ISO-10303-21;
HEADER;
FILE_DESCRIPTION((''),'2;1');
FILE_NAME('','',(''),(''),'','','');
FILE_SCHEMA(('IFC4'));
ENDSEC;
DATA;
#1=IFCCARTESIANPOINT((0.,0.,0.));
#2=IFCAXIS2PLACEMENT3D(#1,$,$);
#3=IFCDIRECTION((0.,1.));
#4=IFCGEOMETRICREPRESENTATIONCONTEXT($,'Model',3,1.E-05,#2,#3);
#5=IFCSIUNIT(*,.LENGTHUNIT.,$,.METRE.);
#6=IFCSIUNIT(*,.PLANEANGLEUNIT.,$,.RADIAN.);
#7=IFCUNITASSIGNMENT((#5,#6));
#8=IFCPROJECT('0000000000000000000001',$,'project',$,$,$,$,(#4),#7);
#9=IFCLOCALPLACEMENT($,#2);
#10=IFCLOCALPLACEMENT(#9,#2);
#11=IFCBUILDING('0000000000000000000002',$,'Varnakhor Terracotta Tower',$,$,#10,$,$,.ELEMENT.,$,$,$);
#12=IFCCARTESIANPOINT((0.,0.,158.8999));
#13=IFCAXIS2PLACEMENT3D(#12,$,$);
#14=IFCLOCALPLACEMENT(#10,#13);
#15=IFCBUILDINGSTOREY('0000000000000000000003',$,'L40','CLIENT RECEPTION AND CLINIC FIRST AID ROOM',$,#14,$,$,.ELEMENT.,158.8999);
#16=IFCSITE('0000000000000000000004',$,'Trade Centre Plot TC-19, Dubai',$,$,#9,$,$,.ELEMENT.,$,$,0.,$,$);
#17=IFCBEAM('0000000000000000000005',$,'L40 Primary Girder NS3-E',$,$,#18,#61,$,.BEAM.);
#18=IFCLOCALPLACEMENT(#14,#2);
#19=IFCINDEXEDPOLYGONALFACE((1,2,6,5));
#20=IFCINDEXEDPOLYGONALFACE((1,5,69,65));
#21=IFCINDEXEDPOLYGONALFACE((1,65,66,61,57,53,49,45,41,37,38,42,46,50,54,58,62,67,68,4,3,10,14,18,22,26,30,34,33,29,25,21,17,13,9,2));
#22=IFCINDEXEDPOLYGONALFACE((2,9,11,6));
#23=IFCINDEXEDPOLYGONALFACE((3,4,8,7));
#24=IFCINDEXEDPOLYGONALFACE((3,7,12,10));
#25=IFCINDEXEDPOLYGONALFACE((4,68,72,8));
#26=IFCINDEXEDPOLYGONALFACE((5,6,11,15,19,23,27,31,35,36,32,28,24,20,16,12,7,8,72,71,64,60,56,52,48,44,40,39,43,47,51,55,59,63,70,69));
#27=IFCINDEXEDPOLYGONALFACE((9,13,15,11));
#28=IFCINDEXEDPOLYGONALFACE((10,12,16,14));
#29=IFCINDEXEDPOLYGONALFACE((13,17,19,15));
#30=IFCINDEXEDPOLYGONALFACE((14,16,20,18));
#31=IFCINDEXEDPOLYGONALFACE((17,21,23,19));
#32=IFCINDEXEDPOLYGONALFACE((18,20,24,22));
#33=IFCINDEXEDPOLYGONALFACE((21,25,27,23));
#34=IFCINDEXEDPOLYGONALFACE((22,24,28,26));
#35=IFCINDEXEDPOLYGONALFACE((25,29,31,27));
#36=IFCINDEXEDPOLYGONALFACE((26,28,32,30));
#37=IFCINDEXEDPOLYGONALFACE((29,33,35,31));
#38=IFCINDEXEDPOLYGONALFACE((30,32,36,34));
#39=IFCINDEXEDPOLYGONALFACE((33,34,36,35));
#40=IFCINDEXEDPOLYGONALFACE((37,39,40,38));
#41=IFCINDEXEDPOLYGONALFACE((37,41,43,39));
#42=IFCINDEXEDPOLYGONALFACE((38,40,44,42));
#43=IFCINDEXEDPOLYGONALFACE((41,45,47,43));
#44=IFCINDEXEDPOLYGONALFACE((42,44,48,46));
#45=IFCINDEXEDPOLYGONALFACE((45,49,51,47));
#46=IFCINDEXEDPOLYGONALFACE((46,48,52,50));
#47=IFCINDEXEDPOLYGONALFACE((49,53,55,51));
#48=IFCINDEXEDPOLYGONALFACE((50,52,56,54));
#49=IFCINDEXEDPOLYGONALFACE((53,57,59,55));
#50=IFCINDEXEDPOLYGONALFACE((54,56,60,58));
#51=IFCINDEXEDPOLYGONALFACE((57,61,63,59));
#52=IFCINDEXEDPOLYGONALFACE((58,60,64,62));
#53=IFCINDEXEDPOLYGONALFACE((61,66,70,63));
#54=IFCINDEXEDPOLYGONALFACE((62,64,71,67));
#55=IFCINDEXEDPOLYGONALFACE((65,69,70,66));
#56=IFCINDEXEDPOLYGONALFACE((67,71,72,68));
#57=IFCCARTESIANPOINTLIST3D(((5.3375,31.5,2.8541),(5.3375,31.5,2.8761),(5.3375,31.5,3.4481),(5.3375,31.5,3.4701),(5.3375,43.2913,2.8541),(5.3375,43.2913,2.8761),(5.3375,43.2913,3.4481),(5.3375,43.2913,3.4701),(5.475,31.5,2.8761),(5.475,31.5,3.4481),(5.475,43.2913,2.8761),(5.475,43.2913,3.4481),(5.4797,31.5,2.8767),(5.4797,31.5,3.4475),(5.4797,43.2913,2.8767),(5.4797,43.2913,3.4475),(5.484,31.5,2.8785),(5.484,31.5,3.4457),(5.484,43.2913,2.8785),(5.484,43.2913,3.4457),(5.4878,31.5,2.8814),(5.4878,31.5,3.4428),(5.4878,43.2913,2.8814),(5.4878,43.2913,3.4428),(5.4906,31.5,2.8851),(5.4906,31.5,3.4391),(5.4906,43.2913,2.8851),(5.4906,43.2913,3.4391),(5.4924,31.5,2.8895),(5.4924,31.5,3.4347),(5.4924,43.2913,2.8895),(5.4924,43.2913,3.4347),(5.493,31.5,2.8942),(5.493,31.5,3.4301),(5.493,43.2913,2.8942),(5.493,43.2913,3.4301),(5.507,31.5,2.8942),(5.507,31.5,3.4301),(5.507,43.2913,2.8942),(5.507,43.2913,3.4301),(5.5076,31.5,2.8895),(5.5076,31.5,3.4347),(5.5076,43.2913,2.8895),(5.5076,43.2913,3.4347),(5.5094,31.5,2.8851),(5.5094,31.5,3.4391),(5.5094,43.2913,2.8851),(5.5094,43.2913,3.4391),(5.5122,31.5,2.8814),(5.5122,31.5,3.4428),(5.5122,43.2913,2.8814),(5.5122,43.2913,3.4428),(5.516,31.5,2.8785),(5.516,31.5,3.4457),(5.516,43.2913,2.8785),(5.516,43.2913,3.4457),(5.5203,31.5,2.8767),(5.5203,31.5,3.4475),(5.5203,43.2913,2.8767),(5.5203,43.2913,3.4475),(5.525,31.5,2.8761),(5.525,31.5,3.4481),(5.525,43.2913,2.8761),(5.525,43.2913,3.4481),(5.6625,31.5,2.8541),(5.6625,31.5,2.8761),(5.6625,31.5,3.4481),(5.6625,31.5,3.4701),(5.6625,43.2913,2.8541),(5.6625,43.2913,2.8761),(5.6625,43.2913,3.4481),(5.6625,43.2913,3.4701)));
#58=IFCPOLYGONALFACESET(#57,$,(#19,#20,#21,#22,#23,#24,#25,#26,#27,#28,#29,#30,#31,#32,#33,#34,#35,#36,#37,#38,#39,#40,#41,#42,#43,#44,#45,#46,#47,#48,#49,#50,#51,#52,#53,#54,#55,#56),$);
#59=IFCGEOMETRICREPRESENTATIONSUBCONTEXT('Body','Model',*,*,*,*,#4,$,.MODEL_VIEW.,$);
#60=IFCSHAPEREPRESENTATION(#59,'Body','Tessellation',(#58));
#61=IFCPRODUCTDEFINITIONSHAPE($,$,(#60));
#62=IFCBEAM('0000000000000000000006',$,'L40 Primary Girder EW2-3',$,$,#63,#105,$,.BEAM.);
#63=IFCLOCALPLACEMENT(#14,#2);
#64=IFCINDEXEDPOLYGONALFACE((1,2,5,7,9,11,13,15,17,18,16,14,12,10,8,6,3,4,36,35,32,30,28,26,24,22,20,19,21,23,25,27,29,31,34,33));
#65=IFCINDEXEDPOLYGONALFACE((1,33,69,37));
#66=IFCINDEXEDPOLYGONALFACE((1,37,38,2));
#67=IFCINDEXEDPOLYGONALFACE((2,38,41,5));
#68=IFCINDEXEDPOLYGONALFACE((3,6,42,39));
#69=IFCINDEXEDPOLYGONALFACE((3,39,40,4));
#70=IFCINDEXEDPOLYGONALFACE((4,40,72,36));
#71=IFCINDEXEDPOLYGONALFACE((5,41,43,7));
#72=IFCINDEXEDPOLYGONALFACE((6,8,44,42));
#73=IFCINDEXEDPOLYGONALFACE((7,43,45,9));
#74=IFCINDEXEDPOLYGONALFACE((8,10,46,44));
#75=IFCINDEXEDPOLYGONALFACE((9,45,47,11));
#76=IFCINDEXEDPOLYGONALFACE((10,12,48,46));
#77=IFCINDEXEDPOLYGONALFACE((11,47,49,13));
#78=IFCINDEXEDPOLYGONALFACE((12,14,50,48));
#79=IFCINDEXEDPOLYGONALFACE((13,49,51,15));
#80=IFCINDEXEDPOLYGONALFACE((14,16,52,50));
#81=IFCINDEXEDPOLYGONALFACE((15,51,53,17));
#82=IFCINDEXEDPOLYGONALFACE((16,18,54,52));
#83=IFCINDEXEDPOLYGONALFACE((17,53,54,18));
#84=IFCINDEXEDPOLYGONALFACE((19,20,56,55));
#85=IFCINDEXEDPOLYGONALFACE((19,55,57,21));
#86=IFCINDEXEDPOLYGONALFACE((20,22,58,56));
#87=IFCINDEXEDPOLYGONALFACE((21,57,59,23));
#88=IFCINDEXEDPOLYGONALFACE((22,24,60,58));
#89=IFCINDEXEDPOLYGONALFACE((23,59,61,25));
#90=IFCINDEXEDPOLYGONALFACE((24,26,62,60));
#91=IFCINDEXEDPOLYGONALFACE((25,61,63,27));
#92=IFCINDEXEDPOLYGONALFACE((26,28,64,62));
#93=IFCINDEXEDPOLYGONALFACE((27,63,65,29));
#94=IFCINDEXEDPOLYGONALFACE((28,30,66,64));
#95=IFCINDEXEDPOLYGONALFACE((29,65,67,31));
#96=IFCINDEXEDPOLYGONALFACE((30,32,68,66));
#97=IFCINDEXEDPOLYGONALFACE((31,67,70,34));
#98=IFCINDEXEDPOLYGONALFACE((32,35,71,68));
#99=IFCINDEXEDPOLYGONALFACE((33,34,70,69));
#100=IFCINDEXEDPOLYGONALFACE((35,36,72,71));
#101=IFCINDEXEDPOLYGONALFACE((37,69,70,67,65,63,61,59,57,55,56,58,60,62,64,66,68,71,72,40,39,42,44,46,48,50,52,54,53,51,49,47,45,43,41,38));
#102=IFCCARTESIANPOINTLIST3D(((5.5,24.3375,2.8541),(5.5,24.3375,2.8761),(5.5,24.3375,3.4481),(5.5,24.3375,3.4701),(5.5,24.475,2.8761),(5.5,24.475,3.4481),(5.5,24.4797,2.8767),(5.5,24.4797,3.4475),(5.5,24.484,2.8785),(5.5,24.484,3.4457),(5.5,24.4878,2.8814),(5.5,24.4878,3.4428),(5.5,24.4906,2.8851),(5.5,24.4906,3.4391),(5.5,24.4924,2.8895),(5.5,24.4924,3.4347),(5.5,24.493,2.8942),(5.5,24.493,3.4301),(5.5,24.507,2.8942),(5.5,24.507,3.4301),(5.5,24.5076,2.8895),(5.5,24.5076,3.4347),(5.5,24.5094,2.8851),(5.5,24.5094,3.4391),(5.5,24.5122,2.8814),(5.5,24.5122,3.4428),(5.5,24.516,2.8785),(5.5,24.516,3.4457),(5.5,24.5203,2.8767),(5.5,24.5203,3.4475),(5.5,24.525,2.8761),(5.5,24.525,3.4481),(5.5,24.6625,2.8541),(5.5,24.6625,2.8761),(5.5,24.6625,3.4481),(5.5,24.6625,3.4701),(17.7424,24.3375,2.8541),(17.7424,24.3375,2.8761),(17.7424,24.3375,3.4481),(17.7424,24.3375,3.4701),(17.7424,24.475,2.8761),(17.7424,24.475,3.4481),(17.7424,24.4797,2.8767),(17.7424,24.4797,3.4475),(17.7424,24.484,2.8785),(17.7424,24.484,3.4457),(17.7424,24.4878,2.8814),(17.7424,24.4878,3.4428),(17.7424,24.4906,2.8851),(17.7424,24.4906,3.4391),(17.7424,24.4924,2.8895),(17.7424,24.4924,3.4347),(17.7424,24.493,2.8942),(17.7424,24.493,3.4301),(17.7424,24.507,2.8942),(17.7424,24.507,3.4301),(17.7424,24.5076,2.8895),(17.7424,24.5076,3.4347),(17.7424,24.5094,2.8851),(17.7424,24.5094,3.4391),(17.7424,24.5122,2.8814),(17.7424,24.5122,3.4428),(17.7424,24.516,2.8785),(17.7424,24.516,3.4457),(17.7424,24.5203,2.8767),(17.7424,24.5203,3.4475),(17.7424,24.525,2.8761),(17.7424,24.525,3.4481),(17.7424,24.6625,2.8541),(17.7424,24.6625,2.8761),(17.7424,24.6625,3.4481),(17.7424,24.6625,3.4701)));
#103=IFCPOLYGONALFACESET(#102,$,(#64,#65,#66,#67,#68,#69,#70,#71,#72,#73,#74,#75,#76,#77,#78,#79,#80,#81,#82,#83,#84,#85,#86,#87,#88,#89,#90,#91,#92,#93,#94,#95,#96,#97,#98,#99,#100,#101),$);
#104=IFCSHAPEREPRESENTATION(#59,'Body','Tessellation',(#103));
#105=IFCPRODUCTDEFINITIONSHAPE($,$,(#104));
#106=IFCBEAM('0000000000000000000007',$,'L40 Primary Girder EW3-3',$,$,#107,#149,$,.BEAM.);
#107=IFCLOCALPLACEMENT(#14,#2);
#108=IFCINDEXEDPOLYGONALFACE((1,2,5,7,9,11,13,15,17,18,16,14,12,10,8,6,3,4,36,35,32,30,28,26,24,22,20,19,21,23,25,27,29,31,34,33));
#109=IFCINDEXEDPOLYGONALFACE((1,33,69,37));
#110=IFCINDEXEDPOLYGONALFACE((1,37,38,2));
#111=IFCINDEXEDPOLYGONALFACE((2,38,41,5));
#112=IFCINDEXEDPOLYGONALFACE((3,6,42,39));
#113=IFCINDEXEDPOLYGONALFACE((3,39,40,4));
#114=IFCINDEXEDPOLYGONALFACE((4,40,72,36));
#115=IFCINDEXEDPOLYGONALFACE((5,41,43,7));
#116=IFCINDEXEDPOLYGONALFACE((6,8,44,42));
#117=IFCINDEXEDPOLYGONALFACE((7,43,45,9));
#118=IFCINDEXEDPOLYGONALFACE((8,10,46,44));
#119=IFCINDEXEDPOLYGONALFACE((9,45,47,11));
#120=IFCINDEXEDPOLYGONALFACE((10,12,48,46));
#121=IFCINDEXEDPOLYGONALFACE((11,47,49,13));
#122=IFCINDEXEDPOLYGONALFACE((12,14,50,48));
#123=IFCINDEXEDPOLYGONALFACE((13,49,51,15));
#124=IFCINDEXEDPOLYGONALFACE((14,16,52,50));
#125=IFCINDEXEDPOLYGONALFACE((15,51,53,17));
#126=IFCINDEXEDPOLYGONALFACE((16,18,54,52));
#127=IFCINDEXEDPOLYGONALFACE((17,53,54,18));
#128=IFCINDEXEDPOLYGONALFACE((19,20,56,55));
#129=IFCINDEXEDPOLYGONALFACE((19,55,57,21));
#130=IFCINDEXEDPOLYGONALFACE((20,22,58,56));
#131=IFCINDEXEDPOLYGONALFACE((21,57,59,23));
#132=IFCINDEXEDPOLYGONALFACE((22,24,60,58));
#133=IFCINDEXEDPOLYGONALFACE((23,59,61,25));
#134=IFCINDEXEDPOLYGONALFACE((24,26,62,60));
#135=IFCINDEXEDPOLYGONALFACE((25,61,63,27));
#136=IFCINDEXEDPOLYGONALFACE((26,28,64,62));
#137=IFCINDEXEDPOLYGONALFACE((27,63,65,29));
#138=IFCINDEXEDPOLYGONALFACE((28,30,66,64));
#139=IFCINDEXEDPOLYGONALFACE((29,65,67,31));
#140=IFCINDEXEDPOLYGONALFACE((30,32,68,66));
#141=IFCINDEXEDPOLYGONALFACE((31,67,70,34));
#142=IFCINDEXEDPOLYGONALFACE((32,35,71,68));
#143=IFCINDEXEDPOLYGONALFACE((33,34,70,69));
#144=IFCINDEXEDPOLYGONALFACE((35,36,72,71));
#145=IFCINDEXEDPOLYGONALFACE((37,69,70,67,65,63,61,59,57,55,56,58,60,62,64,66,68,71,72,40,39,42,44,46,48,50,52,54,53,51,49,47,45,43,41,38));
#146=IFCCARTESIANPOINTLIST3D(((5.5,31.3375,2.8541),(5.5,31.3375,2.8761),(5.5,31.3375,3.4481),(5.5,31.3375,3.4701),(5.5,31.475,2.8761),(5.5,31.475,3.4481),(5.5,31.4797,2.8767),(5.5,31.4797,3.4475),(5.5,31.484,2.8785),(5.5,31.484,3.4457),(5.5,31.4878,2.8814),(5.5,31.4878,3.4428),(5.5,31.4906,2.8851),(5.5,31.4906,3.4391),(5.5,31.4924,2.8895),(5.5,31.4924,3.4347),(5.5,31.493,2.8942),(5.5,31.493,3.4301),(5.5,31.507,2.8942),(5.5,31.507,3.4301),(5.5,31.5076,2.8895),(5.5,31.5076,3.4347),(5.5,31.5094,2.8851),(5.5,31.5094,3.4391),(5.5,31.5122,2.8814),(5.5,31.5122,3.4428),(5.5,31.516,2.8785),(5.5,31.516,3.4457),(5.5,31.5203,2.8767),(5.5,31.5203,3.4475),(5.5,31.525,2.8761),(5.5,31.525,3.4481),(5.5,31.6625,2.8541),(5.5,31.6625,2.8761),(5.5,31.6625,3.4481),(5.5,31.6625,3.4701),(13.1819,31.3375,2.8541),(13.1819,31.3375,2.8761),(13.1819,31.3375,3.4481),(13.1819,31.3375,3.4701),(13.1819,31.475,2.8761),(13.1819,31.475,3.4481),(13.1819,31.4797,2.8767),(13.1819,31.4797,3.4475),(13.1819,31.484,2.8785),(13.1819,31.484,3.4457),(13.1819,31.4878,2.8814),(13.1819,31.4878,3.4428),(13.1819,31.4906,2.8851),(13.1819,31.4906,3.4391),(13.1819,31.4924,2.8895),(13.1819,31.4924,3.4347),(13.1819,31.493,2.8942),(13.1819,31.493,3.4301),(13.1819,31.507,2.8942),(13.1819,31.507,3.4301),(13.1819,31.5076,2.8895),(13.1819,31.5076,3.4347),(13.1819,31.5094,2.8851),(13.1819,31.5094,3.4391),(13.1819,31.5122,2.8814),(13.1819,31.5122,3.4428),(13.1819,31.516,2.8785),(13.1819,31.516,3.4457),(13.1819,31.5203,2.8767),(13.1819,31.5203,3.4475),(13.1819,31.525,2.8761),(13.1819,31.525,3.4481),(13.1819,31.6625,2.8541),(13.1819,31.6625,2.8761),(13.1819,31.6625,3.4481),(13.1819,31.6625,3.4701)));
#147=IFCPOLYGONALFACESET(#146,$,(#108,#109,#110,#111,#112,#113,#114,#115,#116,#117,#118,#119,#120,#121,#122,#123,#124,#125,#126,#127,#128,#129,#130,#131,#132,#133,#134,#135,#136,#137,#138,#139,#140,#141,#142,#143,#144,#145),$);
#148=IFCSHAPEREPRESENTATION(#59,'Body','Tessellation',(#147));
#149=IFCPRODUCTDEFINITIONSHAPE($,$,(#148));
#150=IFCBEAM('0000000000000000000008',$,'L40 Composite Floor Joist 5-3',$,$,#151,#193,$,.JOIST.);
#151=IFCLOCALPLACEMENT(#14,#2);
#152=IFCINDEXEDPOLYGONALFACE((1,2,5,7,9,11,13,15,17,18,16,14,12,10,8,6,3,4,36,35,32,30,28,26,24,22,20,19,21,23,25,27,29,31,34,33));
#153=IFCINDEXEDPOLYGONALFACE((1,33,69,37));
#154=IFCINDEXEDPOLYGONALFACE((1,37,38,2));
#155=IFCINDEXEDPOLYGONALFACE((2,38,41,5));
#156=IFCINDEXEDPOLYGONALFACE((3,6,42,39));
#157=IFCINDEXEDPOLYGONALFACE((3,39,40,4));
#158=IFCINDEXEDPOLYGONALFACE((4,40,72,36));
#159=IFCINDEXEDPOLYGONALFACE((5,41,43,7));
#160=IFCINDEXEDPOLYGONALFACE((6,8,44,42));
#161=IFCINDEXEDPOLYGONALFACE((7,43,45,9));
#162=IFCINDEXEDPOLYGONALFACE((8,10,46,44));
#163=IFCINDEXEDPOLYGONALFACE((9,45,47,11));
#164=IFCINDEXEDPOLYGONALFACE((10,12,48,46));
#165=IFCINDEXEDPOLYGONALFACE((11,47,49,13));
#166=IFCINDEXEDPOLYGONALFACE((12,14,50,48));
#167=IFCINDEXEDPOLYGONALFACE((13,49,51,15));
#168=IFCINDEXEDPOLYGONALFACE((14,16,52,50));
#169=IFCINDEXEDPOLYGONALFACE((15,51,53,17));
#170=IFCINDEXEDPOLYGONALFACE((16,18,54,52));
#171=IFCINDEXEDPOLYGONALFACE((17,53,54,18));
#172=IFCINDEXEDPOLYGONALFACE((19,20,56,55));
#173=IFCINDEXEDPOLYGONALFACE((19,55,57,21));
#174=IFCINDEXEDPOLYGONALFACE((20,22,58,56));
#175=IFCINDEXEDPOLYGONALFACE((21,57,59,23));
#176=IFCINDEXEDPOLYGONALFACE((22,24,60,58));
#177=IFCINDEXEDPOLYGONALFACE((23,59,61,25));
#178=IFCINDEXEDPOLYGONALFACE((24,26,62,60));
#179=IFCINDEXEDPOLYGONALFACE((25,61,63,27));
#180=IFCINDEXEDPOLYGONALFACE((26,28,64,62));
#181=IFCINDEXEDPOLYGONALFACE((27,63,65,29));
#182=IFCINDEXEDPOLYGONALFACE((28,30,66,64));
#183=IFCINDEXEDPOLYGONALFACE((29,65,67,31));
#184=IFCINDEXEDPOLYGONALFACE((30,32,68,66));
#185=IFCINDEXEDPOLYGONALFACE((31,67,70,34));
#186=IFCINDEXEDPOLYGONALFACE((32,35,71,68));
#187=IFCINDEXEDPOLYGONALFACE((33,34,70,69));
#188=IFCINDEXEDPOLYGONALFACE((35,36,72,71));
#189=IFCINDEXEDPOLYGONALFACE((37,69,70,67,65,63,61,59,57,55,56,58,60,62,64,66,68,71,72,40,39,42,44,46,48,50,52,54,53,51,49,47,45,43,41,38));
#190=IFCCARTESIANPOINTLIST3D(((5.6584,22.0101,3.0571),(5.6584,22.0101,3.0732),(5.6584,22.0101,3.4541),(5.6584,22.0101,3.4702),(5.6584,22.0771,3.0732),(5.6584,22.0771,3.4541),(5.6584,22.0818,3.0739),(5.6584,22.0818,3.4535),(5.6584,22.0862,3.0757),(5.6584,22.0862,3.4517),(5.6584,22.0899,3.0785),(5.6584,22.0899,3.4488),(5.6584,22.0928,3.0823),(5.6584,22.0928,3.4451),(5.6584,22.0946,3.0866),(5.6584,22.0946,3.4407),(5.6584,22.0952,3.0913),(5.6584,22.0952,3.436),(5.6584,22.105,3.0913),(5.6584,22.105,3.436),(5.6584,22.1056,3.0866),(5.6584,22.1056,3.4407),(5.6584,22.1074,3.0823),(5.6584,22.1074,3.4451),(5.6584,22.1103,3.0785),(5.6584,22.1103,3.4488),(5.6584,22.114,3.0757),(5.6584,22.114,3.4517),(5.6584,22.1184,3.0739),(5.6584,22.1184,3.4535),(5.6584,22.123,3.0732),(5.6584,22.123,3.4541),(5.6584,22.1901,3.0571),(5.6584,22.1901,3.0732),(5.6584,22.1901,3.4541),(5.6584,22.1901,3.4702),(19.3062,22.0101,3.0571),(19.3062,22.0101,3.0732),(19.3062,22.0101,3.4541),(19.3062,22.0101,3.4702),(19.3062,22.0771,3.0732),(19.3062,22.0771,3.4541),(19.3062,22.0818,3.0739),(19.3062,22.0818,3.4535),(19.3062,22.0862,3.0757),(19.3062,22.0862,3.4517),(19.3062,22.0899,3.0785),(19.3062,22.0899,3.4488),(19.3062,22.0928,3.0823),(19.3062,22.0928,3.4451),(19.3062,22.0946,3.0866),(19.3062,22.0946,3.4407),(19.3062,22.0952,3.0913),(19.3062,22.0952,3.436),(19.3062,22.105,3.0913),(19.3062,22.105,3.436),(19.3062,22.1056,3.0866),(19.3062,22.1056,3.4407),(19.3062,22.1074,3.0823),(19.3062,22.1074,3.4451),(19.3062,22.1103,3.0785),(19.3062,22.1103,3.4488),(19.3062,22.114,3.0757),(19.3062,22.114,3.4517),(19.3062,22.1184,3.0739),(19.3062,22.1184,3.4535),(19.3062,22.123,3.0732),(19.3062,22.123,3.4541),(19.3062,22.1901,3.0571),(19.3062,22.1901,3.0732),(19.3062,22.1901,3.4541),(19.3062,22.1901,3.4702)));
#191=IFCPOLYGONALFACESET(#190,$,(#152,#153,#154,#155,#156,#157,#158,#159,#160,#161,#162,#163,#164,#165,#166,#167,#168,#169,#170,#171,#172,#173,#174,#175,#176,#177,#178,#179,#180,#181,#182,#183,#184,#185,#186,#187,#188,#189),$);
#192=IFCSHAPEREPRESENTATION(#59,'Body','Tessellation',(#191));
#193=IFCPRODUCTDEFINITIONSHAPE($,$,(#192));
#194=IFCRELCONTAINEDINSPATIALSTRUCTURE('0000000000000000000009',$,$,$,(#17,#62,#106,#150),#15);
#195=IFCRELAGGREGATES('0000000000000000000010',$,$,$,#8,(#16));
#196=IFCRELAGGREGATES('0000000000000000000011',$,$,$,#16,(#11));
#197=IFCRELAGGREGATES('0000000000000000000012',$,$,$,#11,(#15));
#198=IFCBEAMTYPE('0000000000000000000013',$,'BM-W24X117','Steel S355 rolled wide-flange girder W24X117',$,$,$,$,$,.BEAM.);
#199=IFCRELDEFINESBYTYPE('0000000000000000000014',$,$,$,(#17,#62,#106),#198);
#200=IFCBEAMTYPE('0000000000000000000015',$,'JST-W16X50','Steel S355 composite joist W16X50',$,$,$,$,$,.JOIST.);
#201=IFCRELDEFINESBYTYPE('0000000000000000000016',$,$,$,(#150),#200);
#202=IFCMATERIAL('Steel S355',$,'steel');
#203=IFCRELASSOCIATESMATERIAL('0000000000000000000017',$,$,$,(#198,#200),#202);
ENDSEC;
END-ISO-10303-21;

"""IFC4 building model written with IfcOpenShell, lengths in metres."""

from ifc_helpers import new_model, si_unit, direction, frame, origin, origin_2d, place, context, subcontext, project, spatial, i_section, extrude, source, transform, mapped, material, material_profile, profile_set, type_object, element, save


model = new_model("IFC4")

# Units and contexts
model_context = context("Model", 3, precision=1e-05, world=origin(), true_north=direction((0.0, 1.0)))
body_context = subcontext(model_context, "Body", "Model", "MODEL_VIEW")
ifc_project = project(units=[si_unit("LENGTHUNIT", "METRE"), si_unit("PLANEANGLEUNIT", "RADIAN")], contexts=[model_context])

# Site, building, storey
site_placement = place(None, origin())
site = spatial("IfcSite", under=ifc_project, at=site_placement, Name="Trade Centre Plot TC-19, Dubai", CompositionType="ELEMENT", RefElevation=0.0)
building_placement = place(site_placement, origin())
building = spatial("IfcBuilding", under=site, at=building_placement, Name="Varnakhor Terracotta Tower", CompositionType="ELEMENT")
storey_placement = place(building_placement, frame((0.0, 0.0, 158.8999)))
storey = spatial("IfcBuildingStorey", under=building, at=storey_placement, Name="L40", Description="CLIENT RECEPTION AND CLINIC FIRST AID ROOM", CompositionType="ELEMENT", Elevation=158.8999)

# Beams
ifc_material_1 = material(Name="Steel S355", Category="steel")
ifc_material_profile_1 = material_profile(ifc_material_1, i_section(OverallWidth=0.325, OverallDepth=0.616, WebThickness=0.0139, FlangeThickness=0.022, FilletRadius=0.0181, at=origin_2d()), Name="W24X117")
ifc_profile_set_1 = profile_set([ifc_material_profile_1], Name="Steel S355")
beam_type_1 = type_object("IfcBeamType", Name="BM-W24X117", Description="Steel S355 rolled wide-flange girder W24X117", PredefinedType="BEAM", material=ifc_profile_set_1)
shared_shape_1 = source(origin(), body_context, "Body", "SweptSolid", [
    extrude(i_section(OverallWidth=0.325, OverallDepth=0.616, WebThickness=0.0139, FlangeThickness=0.022, FilletRadius=0.0181, at=origin_2d()), origin(), (0.0, 0.0, 1.0), 11.7913),
])
beam_1_placement = place(storey_placement, frame((5.5, 31.5, 3.1621), z_axis=(0.0, 1.0, 0.0), x_axis=(-1.0, 0.0, 0.0)))
element("IfcBeam", 1, at=beam_1_placement, inside=storey, type_object=beam_type_1, Name="L40 Primary Girder NS3-E", PredefinedType="BEAM", context=body_context, shape_type="MappedRepresentation", body=[
    mapped(shared_shape_1, transform((0.0, 0.0, 0.0), scale=1.0)),
])
shared_shape_2 = source(origin(), body_context, "Body", "SweptSolid", [
    extrude(i_section(OverallWidth=0.325, OverallDepth=0.616, WebThickness=0.0139, FlangeThickness=0.022, FilletRadius=0.0181, at=origin_2d()), origin(), (0.0, 0.0, 1.0), 12.2424),
])
beam_2_placement = place(storey_placement, frame((5.5, 24.5, 3.1621), z_axis=(1.0, 0.0, 0.0), x_axis=(0.0, 1.0, 0.0)))
element("IfcBeam", 2, at=beam_2_placement, inside=storey, type_object=beam_type_1, Name="L40 Primary Girder EW2-3", PredefinedType="BEAM", context=body_context, shape_type="MappedRepresentation", body=[
    mapped(shared_shape_2, transform((0.0, 0.0, 0.0), scale=1.0)),
])
shared_shape_3 = source(origin(), body_context, "Body", "SweptSolid", [
    extrude(i_section(OverallWidth=0.325, OverallDepth=0.616, WebThickness=0.0139, FlangeThickness=0.022, FilletRadius=0.0181, at=origin_2d()), origin(), (0.0, 0.0, 1.0), 7.6819),
])
beam_3_placement = place(storey_placement, frame((5.5, 31.5, 3.1621), z_axis=(1.0, 0.0, 0.0), x_axis=(0.0, 1.0, 0.0)))
element("IfcBeam", 3, at=beam_3_placement, inside=storey, type_object=beam_type_1, Name="L40 Primary Girder EW3-3", PredefinedType="BEAM", context=body_context, shape_type="MappedRepresentation", body=[
    mapped(shared_shape_3, transform((0.0, 0.0, 0.0), scale=1.0)),
])
ifc_material_profile_2 = material_profile(ifc_material_1, i_section(OverallWidth=0.1799, OverallDepth=0.4131, WebThickness=0.0098, FlangeThickness=0.0161, FilletRadius=0.0181, at=origin_2d()), Name="W16X50")
ifc_profile_set_2 = profile_set([ifc_material_profile_2], Name="Steel S355")
beam_type_2 = type_object("IfcBeamType", Name="JST-W16X50", Description="Steel S355 composite joist W16X50", PredefinedType="JOIST", material=ifc_profile_set_2)
shared_shape_4 = source(origin(), body_context, "Body", "SweptSolid", [
    extrude(i_section(OverallWidth=0.1799, OverallDepth=0.4131, WebThickness=0.0098, FlangeThickness=0.0161, FilletRadius=0.0181, at=origin_2d()), origin(), (0.0, 0.0, 1.0), 13.6477),
])
beam_4_placement = place(storey_placement, frame((5.6584, 22.1001, 3.2637), z_axis=(1.0, 0.0, 0.0), x_axis=(0.0, 1.0, 0.0)))
element("IfcBeam", 4, at=beam_4_placement, inside=storey, type_object=beam_type_2, Name="L40 Composite Floor Joist 5-3", PredefinedType="JOIST", context=body_context, shape_type="MappedRepresentation", body=[
    mapped(shared_shape_4, transform((0.0, 0.0, 0.0), scale=1.0)),
])

save(model, "model.ifc")
